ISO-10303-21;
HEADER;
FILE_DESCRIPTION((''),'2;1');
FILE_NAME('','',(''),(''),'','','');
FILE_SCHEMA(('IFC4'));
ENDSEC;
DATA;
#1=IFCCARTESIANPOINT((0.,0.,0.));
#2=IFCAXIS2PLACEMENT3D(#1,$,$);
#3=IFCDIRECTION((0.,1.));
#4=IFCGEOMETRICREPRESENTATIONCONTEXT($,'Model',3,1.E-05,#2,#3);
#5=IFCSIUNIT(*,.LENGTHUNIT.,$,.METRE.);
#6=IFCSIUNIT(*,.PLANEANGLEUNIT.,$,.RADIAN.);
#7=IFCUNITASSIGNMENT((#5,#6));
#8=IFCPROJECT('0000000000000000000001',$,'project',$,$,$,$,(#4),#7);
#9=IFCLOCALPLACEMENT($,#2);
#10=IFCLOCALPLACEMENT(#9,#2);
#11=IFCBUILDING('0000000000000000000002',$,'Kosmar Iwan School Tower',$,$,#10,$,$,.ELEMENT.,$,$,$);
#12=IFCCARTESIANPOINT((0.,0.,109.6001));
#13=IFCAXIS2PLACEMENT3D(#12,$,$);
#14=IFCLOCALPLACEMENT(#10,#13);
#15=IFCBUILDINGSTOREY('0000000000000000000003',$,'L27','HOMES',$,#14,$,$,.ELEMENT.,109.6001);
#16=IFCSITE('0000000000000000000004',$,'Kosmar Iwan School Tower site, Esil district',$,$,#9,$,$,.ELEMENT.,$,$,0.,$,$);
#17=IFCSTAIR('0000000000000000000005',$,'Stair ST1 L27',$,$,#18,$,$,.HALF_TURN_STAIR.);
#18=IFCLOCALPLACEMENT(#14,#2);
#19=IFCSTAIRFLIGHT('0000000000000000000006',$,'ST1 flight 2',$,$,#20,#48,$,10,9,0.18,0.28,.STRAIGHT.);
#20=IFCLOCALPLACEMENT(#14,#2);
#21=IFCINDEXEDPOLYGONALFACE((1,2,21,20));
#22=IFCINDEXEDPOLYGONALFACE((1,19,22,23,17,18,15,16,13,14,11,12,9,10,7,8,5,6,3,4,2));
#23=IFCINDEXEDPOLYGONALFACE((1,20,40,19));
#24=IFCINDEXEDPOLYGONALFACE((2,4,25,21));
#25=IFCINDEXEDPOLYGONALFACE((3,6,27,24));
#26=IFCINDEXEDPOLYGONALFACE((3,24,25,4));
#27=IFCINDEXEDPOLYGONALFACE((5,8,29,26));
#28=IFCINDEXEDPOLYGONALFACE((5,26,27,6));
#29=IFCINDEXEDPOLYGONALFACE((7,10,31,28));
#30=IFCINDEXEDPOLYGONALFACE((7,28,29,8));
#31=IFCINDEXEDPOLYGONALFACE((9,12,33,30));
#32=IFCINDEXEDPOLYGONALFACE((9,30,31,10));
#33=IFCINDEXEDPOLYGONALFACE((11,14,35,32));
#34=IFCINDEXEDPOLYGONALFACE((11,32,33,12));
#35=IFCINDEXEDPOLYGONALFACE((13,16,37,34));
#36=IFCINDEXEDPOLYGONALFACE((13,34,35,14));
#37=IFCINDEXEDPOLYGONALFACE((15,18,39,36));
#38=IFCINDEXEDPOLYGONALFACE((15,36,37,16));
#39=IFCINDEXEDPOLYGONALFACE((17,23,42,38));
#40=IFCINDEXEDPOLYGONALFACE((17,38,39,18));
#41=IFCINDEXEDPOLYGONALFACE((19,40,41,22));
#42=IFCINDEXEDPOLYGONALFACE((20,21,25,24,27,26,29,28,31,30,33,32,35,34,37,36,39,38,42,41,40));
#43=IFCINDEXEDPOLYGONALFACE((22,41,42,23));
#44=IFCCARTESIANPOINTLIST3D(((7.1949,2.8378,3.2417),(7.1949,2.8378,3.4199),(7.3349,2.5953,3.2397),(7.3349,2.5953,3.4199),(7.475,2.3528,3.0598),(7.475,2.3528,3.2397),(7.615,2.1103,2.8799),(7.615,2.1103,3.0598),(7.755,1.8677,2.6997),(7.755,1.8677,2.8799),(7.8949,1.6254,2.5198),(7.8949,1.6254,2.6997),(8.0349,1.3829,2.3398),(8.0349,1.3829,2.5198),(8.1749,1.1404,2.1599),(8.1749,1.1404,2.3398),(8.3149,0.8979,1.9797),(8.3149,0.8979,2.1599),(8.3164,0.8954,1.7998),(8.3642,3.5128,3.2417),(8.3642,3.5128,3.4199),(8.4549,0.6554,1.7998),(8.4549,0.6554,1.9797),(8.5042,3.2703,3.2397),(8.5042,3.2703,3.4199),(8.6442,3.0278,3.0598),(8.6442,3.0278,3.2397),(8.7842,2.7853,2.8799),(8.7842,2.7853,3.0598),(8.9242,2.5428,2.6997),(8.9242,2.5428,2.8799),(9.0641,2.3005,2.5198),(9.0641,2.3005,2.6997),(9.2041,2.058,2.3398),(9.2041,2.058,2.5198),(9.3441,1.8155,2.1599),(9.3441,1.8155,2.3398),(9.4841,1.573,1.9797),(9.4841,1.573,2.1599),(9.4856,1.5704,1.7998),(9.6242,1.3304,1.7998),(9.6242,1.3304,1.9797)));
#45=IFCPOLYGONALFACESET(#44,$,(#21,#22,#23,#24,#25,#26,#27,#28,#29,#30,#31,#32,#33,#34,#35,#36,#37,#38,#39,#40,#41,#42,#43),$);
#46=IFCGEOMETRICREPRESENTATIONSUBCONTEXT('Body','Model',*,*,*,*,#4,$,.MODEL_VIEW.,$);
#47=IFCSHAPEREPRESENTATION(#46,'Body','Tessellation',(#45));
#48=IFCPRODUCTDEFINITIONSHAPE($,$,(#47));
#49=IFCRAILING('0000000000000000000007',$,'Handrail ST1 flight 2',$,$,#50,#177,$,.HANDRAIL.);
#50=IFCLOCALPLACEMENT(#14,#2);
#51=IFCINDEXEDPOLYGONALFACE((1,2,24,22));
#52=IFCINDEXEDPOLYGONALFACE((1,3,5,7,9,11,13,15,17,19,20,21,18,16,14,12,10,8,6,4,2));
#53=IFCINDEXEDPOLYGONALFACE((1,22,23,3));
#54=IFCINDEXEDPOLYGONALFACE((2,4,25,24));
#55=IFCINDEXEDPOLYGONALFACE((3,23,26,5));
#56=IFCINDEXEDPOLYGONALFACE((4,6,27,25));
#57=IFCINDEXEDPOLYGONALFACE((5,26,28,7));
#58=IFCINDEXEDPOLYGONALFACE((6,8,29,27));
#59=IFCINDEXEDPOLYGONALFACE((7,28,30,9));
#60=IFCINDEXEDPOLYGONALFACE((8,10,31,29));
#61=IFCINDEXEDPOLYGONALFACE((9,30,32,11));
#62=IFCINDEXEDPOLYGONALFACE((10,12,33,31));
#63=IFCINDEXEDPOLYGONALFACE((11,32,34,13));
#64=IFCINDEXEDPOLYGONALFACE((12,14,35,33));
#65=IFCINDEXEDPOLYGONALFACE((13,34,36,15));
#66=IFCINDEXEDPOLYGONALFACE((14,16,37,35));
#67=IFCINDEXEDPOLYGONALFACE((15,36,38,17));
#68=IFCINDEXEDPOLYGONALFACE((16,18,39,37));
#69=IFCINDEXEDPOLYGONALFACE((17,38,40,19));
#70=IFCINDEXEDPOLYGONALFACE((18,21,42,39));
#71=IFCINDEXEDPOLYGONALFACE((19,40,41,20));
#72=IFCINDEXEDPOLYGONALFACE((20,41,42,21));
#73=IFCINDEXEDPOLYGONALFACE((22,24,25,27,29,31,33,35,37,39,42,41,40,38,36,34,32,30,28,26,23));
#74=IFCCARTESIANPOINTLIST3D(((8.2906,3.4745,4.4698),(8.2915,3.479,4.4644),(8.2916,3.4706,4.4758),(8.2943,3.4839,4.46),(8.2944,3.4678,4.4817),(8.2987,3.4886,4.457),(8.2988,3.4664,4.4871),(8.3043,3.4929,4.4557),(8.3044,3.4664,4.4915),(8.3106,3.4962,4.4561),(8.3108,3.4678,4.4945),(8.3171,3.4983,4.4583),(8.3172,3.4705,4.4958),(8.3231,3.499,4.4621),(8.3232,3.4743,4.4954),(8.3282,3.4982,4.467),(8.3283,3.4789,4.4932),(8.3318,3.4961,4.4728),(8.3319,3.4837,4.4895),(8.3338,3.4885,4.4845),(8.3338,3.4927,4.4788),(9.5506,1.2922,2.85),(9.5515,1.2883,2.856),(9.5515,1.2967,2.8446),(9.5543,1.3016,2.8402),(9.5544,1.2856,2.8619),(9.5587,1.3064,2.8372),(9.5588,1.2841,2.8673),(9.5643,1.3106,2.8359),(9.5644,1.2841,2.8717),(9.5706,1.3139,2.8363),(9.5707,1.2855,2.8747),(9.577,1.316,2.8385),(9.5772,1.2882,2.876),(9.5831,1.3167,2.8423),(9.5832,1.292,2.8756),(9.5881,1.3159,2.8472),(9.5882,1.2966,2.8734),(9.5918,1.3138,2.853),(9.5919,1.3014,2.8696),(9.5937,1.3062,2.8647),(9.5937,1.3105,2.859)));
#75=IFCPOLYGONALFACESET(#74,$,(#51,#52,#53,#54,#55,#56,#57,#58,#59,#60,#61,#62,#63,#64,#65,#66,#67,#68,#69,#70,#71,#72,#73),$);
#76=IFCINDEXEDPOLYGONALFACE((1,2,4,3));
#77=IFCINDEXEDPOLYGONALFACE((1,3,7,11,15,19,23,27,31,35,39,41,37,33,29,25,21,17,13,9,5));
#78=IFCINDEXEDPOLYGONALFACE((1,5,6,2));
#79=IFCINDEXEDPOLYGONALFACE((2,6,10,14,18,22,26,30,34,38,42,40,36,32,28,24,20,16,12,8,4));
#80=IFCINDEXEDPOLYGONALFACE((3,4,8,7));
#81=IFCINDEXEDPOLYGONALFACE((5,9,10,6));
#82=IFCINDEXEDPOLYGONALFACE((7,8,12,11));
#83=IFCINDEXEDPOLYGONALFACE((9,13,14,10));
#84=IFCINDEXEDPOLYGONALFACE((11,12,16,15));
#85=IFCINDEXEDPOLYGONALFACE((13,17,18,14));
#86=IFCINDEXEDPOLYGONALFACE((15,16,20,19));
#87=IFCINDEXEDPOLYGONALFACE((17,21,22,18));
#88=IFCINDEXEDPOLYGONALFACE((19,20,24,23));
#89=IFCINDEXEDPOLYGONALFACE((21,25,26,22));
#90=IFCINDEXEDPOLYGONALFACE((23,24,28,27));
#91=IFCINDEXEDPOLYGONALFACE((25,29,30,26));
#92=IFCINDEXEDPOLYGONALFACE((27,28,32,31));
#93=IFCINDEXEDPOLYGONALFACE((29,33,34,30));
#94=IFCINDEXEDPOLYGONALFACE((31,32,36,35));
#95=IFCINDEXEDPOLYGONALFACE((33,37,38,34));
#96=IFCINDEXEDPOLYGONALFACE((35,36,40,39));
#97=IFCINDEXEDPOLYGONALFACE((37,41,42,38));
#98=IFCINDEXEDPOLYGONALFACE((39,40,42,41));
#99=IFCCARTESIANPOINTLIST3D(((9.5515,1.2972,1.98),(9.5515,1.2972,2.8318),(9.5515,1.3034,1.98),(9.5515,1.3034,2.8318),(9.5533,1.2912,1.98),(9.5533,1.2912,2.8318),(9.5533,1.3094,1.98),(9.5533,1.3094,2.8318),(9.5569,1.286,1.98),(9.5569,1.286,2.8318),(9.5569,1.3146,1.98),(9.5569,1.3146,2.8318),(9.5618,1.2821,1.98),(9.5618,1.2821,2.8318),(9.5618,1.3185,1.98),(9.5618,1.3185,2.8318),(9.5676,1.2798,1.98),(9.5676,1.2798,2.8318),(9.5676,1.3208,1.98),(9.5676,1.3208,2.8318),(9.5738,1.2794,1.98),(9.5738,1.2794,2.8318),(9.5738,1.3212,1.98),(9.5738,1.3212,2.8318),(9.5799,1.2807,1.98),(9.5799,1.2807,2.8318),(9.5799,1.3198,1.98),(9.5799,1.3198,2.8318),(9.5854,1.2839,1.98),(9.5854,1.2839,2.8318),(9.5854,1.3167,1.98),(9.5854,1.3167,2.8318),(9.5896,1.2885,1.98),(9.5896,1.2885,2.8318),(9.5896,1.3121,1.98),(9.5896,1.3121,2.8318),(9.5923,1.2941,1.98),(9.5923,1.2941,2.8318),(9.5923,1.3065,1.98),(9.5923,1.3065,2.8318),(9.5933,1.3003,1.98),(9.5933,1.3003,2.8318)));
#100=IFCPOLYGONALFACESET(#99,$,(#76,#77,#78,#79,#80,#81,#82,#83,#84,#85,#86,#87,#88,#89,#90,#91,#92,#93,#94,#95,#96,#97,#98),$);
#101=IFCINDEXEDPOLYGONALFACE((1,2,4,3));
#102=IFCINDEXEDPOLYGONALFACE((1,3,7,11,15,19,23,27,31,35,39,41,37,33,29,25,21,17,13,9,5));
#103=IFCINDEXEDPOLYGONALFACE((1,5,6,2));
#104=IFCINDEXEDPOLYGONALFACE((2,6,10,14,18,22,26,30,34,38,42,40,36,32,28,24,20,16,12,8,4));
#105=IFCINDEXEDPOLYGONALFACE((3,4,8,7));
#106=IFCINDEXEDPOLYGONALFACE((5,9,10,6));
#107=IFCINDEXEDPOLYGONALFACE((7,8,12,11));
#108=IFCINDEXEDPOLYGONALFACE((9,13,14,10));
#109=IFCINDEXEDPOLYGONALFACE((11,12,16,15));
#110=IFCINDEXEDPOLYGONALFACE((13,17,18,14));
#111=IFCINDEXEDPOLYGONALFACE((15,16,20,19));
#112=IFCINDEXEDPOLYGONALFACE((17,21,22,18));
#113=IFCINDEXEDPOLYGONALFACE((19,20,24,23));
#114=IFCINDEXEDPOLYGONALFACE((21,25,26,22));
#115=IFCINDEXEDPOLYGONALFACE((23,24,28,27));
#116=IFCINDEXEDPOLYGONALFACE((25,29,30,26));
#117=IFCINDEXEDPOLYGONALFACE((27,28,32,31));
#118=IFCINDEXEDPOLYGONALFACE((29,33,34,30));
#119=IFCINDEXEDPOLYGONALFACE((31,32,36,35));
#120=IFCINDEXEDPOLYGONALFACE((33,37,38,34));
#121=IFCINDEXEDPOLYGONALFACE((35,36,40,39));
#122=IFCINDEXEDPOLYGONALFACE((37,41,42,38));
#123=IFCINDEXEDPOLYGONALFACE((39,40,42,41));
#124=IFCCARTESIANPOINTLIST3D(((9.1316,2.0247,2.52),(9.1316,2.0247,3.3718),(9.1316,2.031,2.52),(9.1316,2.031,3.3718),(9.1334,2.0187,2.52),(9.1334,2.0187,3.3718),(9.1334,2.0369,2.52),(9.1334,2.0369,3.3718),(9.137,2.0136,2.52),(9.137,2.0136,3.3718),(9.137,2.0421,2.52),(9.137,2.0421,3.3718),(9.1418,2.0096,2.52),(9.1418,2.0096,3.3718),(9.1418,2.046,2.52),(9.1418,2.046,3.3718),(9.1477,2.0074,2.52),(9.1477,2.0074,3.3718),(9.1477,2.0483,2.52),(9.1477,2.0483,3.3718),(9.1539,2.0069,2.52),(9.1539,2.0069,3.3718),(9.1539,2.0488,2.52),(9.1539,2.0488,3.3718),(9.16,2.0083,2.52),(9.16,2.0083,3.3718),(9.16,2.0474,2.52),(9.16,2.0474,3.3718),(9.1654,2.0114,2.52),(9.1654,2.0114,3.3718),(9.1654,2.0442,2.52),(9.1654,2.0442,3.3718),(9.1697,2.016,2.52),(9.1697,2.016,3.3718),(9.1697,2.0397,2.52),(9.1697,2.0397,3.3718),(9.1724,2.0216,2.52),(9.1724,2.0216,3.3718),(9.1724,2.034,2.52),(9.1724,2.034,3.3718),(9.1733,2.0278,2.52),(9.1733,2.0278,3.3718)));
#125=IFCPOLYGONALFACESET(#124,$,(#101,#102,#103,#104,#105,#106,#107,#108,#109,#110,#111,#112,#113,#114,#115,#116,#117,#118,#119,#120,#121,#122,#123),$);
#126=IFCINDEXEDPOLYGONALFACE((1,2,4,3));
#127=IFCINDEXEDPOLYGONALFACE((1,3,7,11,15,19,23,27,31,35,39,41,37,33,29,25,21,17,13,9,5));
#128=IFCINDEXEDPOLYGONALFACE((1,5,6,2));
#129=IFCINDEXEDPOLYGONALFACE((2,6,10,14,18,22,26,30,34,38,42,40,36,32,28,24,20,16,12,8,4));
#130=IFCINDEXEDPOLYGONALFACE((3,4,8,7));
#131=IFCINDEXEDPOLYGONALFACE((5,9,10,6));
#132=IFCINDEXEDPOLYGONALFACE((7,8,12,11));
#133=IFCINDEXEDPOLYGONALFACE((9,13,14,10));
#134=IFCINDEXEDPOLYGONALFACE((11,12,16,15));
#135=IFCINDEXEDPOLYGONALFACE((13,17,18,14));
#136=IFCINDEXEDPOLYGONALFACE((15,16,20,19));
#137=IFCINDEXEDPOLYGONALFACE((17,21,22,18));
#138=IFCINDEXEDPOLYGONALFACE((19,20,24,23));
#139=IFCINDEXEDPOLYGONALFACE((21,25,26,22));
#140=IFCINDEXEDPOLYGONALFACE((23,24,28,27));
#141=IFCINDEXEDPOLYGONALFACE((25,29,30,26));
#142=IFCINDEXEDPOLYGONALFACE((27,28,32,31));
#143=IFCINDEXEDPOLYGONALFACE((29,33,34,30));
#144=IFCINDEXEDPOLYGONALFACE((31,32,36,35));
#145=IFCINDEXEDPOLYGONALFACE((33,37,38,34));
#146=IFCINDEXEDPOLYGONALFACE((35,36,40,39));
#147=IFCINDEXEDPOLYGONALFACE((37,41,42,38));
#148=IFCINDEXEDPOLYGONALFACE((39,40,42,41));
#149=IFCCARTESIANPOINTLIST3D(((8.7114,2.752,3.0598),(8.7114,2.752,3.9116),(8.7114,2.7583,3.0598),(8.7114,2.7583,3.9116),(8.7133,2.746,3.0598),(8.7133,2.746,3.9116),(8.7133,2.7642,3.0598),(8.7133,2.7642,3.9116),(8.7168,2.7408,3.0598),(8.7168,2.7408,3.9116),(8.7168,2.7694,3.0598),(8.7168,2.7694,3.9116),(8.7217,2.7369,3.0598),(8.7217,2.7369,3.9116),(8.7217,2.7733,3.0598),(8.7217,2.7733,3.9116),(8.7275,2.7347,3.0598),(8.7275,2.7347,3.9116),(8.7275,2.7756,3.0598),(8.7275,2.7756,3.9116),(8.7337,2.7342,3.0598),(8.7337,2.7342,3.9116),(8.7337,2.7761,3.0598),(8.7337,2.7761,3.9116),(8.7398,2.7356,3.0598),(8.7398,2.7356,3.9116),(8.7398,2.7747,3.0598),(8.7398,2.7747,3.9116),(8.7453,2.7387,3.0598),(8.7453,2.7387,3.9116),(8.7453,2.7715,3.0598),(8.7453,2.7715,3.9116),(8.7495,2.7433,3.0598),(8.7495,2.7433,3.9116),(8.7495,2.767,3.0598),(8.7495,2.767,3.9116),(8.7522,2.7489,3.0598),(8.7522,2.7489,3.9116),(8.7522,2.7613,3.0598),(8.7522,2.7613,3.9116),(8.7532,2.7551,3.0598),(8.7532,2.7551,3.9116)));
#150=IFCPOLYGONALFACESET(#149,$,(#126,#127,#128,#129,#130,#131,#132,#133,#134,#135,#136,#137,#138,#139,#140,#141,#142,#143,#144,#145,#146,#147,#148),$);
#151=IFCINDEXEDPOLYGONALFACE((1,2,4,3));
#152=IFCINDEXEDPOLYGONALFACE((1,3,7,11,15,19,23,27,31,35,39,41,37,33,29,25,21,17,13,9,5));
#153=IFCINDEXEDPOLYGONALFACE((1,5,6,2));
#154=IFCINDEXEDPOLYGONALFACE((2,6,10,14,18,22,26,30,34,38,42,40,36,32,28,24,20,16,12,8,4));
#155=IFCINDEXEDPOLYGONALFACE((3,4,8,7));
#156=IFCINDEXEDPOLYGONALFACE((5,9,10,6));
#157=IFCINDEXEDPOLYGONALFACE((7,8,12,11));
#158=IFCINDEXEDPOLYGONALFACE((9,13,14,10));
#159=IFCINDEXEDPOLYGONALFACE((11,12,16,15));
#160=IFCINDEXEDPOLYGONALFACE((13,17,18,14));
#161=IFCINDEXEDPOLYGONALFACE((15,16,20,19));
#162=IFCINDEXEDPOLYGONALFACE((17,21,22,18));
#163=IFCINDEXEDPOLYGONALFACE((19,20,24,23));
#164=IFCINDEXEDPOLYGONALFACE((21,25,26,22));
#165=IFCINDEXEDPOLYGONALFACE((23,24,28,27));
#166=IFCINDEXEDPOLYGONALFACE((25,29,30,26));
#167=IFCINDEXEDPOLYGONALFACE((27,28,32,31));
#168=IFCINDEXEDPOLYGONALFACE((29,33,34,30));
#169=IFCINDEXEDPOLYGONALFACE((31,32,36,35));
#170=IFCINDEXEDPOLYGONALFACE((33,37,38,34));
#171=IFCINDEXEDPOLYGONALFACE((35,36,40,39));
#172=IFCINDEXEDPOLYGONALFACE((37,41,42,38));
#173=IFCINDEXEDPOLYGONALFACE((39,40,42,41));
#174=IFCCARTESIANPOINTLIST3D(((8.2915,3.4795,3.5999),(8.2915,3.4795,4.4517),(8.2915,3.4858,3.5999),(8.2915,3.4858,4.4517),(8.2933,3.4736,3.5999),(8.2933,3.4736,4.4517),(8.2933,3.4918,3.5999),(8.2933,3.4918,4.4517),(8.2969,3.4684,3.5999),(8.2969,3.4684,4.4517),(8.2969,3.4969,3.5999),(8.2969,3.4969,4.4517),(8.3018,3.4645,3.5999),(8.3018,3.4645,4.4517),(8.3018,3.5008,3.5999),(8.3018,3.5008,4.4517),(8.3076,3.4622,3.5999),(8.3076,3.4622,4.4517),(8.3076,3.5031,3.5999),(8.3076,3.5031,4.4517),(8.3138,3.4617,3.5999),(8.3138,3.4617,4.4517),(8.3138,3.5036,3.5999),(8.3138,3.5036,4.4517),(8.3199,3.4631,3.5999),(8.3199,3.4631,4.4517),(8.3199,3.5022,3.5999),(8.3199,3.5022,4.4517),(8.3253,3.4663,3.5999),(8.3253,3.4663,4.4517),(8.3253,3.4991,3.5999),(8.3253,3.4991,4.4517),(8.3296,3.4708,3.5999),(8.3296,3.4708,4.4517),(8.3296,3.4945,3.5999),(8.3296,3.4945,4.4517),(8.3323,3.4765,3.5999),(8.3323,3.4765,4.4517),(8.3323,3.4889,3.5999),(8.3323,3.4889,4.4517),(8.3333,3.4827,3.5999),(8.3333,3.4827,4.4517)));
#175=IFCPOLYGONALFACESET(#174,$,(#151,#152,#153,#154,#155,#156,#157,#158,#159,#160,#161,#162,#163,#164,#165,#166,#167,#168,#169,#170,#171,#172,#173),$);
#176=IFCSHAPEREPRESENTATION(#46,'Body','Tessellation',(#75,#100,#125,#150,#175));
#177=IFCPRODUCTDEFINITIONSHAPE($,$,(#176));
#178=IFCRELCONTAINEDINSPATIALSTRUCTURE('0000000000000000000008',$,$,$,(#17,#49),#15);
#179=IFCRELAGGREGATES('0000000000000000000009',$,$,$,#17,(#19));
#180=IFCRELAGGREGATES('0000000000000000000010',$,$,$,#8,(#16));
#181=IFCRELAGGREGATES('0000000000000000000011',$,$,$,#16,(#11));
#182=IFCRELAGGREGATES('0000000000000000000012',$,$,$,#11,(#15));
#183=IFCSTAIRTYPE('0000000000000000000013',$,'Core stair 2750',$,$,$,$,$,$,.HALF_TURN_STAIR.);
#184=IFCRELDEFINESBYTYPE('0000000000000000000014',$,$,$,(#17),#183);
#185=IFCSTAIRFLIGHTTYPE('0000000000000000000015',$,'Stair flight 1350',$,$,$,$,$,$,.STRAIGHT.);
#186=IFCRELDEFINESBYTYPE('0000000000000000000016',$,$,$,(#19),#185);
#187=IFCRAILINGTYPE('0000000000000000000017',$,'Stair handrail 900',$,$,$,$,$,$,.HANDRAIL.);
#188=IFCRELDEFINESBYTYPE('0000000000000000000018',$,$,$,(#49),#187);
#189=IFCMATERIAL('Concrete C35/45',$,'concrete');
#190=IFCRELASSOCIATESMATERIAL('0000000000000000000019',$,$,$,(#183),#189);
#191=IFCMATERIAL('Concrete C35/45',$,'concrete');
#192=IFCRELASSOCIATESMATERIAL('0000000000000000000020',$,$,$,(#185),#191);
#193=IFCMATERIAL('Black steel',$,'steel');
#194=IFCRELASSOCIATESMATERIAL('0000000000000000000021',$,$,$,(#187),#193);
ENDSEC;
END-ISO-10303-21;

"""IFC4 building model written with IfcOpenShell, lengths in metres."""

from ifc_helpers import new_model, si_unit, direction, frame, origin, origin_2d, place, context, subcontext, project, spatial, polyline, circle, outline, extrude, material, type_object, element, aggregate, save


model = new_model("IFC4")

# Units and contexts
model_context = context("Model", 3, precision=1e-05, world=origin(), true_north=direction((0.0, 1.0)))
body_context = subcontext(model_context, "Body", "Model", "MODEL_VIEW")
ifc_project = project(units=[si_unit("LENGTHUNIT", "METRE"), si_unit("PLANEANGLEUNIT", "RADIAN")], contexts=[model_context])

# Site, building, storey
site_placement = place(None, origin())
site = spatial("IfcSite", under=ifc_project, at=site_placement, Name="Kosmar Iwan School Tower site, Esil district", CompositionType="ELEMENT", RefElevation=0.0)
building_placement = place(site_placement, origin())
building = spatial("IfcBuilding", under=site, at=building_placement, Name="Kosmar Iwan School Tower", CompositionType="ELEMENT")
storey_placement = place(building_placement, frame((0.0, 0.0, 109.6001)))
storey = spatial("IfcBuildingStorey", under=building, at=storey_placement, Name="L27", Description="HOMES", CompositionType="ELEMENT", Elevation=109.6001)

# Stair, stair flight
ifc_material_1 = material(Name="Concrete C35/45", Category="concrete")
stair_type = type_object("IfcStairType", Name="Core stair 2750", PredefinedType="HALF_TURN_STAIR", material=ifc_material_1)
stair_placement = place(storey_placement, origin())
stair = element("IfcStair", 1, at=stair_placement, inside=storey, type_object=stair_type, Name="Stair ST1 L27", PredefinedType="HALF_TURN_STAIR")
ifc_material_2 = material(Name="Concrete C35/45", Category="concrete")
stair_flight_type = type_object("IfcStairFlightType", Name="Stair flight 1350", PredefinedType="STRAIGHT", material=ifc_material_2)
stair_flight_placement = place(storey_placement, frame((9.0396, 0.9929, 1.7998), z_axis=(0.0, 0.0, 1.0), x_axis=(-0.5, 0.866025, 0.0)))
stair_flight = element("IfcStairFlight", 2, at=stair_flight_placement, type_object=stair_flight_type, Name="ST1 flight 2", NumberOfRisers=10, NumberOfTreads=9, PredefinedType="STRAIGHT", RiserHeight=0.18, TreadLength=0.28, context=body_context, shape_type="SweptSolid", body=[
    extrude(outline(polyline([(0.0, 0.0), (0.0, 0.1799), (0.28, 0.1799), (0.28, 0.3601), (0.5601, 0.3601), (0.5601, 0.54), (0.8401, 0.54), (0.8401, 0.72), (1.1201, 0.72), (1.1201, 0.8999), (1.3999, 0.8999), (1.3999, 1.0801), (1.6799, 1.0801), (1.6799, 1.26), (1.96, 1.26), (1.96, 1.4399), (2.24, 1.4399), (2.24, 1.6201), (2.52, 1.6201), (2.52, 1.8), (2.52, 1.4419), (0.2771, 0.0), (0.0, 0.0)])), frame((0.0, 0.675, 0.0), z_axis=(0.0, -1.0, 0.0), x_axis=(1.0, 0.0, 0.0)), (0.0, 0.0, 1.0), 1.3501),
])
aggregate(stair, [stair_flight])

# Railing
ifc_material_3 = material(Name="Black steel", Category="steel")
railing_type = type_object("IfcRailingType", Name="Stair handrail 900", PredefinedType="HANDRAIL", material=ifc_material_3)
railing_placement = place(storey_placement, frame((9.5723, 1.3003, 1.98)))
element("IfcRailing", 3, at=railing_placement, inside=storey, type_object=railing_type, Name="Handrail ST1 flight 2", PredefinedType="HANDRAIL", context=body_context, shape_type="SweptSolid", body=[
    extrude(circle(Radius=0.0239, at=origin_2d()), frame((0.0, 0.0, 0.876), z_axis=(-0.420603, 0.728496, 0.540728), x_axis=(-0.866023, -0.500005, 0.0)), (0.0, 0.0, 1.0), 2.9956),
    extrude(circle(Radius=0.021, at=origin_2d()), origin(), (0.0, 0.0, 1.0), 0.8518),
    extrude(circle(Radius=0.021, at=origin_2d()), frame((-0.4199, 0.7275, 0.54)), (0.0, 0.0, 1.0), 0.8518),
    extrude(circle(Radius=0.021, at=origin_2d()), frame((-0.8401, 1.4548, 1.0798)), (0.0, 0.0, 1.0), 0.8518),
    extrude(circle(Radius=0.021, at=origin_2d()), frame((-1.26, 2.1824, 1.6199)), (0.0, 0.0, 1.0), 0.8518),
])

save(model, "model.ifc")
